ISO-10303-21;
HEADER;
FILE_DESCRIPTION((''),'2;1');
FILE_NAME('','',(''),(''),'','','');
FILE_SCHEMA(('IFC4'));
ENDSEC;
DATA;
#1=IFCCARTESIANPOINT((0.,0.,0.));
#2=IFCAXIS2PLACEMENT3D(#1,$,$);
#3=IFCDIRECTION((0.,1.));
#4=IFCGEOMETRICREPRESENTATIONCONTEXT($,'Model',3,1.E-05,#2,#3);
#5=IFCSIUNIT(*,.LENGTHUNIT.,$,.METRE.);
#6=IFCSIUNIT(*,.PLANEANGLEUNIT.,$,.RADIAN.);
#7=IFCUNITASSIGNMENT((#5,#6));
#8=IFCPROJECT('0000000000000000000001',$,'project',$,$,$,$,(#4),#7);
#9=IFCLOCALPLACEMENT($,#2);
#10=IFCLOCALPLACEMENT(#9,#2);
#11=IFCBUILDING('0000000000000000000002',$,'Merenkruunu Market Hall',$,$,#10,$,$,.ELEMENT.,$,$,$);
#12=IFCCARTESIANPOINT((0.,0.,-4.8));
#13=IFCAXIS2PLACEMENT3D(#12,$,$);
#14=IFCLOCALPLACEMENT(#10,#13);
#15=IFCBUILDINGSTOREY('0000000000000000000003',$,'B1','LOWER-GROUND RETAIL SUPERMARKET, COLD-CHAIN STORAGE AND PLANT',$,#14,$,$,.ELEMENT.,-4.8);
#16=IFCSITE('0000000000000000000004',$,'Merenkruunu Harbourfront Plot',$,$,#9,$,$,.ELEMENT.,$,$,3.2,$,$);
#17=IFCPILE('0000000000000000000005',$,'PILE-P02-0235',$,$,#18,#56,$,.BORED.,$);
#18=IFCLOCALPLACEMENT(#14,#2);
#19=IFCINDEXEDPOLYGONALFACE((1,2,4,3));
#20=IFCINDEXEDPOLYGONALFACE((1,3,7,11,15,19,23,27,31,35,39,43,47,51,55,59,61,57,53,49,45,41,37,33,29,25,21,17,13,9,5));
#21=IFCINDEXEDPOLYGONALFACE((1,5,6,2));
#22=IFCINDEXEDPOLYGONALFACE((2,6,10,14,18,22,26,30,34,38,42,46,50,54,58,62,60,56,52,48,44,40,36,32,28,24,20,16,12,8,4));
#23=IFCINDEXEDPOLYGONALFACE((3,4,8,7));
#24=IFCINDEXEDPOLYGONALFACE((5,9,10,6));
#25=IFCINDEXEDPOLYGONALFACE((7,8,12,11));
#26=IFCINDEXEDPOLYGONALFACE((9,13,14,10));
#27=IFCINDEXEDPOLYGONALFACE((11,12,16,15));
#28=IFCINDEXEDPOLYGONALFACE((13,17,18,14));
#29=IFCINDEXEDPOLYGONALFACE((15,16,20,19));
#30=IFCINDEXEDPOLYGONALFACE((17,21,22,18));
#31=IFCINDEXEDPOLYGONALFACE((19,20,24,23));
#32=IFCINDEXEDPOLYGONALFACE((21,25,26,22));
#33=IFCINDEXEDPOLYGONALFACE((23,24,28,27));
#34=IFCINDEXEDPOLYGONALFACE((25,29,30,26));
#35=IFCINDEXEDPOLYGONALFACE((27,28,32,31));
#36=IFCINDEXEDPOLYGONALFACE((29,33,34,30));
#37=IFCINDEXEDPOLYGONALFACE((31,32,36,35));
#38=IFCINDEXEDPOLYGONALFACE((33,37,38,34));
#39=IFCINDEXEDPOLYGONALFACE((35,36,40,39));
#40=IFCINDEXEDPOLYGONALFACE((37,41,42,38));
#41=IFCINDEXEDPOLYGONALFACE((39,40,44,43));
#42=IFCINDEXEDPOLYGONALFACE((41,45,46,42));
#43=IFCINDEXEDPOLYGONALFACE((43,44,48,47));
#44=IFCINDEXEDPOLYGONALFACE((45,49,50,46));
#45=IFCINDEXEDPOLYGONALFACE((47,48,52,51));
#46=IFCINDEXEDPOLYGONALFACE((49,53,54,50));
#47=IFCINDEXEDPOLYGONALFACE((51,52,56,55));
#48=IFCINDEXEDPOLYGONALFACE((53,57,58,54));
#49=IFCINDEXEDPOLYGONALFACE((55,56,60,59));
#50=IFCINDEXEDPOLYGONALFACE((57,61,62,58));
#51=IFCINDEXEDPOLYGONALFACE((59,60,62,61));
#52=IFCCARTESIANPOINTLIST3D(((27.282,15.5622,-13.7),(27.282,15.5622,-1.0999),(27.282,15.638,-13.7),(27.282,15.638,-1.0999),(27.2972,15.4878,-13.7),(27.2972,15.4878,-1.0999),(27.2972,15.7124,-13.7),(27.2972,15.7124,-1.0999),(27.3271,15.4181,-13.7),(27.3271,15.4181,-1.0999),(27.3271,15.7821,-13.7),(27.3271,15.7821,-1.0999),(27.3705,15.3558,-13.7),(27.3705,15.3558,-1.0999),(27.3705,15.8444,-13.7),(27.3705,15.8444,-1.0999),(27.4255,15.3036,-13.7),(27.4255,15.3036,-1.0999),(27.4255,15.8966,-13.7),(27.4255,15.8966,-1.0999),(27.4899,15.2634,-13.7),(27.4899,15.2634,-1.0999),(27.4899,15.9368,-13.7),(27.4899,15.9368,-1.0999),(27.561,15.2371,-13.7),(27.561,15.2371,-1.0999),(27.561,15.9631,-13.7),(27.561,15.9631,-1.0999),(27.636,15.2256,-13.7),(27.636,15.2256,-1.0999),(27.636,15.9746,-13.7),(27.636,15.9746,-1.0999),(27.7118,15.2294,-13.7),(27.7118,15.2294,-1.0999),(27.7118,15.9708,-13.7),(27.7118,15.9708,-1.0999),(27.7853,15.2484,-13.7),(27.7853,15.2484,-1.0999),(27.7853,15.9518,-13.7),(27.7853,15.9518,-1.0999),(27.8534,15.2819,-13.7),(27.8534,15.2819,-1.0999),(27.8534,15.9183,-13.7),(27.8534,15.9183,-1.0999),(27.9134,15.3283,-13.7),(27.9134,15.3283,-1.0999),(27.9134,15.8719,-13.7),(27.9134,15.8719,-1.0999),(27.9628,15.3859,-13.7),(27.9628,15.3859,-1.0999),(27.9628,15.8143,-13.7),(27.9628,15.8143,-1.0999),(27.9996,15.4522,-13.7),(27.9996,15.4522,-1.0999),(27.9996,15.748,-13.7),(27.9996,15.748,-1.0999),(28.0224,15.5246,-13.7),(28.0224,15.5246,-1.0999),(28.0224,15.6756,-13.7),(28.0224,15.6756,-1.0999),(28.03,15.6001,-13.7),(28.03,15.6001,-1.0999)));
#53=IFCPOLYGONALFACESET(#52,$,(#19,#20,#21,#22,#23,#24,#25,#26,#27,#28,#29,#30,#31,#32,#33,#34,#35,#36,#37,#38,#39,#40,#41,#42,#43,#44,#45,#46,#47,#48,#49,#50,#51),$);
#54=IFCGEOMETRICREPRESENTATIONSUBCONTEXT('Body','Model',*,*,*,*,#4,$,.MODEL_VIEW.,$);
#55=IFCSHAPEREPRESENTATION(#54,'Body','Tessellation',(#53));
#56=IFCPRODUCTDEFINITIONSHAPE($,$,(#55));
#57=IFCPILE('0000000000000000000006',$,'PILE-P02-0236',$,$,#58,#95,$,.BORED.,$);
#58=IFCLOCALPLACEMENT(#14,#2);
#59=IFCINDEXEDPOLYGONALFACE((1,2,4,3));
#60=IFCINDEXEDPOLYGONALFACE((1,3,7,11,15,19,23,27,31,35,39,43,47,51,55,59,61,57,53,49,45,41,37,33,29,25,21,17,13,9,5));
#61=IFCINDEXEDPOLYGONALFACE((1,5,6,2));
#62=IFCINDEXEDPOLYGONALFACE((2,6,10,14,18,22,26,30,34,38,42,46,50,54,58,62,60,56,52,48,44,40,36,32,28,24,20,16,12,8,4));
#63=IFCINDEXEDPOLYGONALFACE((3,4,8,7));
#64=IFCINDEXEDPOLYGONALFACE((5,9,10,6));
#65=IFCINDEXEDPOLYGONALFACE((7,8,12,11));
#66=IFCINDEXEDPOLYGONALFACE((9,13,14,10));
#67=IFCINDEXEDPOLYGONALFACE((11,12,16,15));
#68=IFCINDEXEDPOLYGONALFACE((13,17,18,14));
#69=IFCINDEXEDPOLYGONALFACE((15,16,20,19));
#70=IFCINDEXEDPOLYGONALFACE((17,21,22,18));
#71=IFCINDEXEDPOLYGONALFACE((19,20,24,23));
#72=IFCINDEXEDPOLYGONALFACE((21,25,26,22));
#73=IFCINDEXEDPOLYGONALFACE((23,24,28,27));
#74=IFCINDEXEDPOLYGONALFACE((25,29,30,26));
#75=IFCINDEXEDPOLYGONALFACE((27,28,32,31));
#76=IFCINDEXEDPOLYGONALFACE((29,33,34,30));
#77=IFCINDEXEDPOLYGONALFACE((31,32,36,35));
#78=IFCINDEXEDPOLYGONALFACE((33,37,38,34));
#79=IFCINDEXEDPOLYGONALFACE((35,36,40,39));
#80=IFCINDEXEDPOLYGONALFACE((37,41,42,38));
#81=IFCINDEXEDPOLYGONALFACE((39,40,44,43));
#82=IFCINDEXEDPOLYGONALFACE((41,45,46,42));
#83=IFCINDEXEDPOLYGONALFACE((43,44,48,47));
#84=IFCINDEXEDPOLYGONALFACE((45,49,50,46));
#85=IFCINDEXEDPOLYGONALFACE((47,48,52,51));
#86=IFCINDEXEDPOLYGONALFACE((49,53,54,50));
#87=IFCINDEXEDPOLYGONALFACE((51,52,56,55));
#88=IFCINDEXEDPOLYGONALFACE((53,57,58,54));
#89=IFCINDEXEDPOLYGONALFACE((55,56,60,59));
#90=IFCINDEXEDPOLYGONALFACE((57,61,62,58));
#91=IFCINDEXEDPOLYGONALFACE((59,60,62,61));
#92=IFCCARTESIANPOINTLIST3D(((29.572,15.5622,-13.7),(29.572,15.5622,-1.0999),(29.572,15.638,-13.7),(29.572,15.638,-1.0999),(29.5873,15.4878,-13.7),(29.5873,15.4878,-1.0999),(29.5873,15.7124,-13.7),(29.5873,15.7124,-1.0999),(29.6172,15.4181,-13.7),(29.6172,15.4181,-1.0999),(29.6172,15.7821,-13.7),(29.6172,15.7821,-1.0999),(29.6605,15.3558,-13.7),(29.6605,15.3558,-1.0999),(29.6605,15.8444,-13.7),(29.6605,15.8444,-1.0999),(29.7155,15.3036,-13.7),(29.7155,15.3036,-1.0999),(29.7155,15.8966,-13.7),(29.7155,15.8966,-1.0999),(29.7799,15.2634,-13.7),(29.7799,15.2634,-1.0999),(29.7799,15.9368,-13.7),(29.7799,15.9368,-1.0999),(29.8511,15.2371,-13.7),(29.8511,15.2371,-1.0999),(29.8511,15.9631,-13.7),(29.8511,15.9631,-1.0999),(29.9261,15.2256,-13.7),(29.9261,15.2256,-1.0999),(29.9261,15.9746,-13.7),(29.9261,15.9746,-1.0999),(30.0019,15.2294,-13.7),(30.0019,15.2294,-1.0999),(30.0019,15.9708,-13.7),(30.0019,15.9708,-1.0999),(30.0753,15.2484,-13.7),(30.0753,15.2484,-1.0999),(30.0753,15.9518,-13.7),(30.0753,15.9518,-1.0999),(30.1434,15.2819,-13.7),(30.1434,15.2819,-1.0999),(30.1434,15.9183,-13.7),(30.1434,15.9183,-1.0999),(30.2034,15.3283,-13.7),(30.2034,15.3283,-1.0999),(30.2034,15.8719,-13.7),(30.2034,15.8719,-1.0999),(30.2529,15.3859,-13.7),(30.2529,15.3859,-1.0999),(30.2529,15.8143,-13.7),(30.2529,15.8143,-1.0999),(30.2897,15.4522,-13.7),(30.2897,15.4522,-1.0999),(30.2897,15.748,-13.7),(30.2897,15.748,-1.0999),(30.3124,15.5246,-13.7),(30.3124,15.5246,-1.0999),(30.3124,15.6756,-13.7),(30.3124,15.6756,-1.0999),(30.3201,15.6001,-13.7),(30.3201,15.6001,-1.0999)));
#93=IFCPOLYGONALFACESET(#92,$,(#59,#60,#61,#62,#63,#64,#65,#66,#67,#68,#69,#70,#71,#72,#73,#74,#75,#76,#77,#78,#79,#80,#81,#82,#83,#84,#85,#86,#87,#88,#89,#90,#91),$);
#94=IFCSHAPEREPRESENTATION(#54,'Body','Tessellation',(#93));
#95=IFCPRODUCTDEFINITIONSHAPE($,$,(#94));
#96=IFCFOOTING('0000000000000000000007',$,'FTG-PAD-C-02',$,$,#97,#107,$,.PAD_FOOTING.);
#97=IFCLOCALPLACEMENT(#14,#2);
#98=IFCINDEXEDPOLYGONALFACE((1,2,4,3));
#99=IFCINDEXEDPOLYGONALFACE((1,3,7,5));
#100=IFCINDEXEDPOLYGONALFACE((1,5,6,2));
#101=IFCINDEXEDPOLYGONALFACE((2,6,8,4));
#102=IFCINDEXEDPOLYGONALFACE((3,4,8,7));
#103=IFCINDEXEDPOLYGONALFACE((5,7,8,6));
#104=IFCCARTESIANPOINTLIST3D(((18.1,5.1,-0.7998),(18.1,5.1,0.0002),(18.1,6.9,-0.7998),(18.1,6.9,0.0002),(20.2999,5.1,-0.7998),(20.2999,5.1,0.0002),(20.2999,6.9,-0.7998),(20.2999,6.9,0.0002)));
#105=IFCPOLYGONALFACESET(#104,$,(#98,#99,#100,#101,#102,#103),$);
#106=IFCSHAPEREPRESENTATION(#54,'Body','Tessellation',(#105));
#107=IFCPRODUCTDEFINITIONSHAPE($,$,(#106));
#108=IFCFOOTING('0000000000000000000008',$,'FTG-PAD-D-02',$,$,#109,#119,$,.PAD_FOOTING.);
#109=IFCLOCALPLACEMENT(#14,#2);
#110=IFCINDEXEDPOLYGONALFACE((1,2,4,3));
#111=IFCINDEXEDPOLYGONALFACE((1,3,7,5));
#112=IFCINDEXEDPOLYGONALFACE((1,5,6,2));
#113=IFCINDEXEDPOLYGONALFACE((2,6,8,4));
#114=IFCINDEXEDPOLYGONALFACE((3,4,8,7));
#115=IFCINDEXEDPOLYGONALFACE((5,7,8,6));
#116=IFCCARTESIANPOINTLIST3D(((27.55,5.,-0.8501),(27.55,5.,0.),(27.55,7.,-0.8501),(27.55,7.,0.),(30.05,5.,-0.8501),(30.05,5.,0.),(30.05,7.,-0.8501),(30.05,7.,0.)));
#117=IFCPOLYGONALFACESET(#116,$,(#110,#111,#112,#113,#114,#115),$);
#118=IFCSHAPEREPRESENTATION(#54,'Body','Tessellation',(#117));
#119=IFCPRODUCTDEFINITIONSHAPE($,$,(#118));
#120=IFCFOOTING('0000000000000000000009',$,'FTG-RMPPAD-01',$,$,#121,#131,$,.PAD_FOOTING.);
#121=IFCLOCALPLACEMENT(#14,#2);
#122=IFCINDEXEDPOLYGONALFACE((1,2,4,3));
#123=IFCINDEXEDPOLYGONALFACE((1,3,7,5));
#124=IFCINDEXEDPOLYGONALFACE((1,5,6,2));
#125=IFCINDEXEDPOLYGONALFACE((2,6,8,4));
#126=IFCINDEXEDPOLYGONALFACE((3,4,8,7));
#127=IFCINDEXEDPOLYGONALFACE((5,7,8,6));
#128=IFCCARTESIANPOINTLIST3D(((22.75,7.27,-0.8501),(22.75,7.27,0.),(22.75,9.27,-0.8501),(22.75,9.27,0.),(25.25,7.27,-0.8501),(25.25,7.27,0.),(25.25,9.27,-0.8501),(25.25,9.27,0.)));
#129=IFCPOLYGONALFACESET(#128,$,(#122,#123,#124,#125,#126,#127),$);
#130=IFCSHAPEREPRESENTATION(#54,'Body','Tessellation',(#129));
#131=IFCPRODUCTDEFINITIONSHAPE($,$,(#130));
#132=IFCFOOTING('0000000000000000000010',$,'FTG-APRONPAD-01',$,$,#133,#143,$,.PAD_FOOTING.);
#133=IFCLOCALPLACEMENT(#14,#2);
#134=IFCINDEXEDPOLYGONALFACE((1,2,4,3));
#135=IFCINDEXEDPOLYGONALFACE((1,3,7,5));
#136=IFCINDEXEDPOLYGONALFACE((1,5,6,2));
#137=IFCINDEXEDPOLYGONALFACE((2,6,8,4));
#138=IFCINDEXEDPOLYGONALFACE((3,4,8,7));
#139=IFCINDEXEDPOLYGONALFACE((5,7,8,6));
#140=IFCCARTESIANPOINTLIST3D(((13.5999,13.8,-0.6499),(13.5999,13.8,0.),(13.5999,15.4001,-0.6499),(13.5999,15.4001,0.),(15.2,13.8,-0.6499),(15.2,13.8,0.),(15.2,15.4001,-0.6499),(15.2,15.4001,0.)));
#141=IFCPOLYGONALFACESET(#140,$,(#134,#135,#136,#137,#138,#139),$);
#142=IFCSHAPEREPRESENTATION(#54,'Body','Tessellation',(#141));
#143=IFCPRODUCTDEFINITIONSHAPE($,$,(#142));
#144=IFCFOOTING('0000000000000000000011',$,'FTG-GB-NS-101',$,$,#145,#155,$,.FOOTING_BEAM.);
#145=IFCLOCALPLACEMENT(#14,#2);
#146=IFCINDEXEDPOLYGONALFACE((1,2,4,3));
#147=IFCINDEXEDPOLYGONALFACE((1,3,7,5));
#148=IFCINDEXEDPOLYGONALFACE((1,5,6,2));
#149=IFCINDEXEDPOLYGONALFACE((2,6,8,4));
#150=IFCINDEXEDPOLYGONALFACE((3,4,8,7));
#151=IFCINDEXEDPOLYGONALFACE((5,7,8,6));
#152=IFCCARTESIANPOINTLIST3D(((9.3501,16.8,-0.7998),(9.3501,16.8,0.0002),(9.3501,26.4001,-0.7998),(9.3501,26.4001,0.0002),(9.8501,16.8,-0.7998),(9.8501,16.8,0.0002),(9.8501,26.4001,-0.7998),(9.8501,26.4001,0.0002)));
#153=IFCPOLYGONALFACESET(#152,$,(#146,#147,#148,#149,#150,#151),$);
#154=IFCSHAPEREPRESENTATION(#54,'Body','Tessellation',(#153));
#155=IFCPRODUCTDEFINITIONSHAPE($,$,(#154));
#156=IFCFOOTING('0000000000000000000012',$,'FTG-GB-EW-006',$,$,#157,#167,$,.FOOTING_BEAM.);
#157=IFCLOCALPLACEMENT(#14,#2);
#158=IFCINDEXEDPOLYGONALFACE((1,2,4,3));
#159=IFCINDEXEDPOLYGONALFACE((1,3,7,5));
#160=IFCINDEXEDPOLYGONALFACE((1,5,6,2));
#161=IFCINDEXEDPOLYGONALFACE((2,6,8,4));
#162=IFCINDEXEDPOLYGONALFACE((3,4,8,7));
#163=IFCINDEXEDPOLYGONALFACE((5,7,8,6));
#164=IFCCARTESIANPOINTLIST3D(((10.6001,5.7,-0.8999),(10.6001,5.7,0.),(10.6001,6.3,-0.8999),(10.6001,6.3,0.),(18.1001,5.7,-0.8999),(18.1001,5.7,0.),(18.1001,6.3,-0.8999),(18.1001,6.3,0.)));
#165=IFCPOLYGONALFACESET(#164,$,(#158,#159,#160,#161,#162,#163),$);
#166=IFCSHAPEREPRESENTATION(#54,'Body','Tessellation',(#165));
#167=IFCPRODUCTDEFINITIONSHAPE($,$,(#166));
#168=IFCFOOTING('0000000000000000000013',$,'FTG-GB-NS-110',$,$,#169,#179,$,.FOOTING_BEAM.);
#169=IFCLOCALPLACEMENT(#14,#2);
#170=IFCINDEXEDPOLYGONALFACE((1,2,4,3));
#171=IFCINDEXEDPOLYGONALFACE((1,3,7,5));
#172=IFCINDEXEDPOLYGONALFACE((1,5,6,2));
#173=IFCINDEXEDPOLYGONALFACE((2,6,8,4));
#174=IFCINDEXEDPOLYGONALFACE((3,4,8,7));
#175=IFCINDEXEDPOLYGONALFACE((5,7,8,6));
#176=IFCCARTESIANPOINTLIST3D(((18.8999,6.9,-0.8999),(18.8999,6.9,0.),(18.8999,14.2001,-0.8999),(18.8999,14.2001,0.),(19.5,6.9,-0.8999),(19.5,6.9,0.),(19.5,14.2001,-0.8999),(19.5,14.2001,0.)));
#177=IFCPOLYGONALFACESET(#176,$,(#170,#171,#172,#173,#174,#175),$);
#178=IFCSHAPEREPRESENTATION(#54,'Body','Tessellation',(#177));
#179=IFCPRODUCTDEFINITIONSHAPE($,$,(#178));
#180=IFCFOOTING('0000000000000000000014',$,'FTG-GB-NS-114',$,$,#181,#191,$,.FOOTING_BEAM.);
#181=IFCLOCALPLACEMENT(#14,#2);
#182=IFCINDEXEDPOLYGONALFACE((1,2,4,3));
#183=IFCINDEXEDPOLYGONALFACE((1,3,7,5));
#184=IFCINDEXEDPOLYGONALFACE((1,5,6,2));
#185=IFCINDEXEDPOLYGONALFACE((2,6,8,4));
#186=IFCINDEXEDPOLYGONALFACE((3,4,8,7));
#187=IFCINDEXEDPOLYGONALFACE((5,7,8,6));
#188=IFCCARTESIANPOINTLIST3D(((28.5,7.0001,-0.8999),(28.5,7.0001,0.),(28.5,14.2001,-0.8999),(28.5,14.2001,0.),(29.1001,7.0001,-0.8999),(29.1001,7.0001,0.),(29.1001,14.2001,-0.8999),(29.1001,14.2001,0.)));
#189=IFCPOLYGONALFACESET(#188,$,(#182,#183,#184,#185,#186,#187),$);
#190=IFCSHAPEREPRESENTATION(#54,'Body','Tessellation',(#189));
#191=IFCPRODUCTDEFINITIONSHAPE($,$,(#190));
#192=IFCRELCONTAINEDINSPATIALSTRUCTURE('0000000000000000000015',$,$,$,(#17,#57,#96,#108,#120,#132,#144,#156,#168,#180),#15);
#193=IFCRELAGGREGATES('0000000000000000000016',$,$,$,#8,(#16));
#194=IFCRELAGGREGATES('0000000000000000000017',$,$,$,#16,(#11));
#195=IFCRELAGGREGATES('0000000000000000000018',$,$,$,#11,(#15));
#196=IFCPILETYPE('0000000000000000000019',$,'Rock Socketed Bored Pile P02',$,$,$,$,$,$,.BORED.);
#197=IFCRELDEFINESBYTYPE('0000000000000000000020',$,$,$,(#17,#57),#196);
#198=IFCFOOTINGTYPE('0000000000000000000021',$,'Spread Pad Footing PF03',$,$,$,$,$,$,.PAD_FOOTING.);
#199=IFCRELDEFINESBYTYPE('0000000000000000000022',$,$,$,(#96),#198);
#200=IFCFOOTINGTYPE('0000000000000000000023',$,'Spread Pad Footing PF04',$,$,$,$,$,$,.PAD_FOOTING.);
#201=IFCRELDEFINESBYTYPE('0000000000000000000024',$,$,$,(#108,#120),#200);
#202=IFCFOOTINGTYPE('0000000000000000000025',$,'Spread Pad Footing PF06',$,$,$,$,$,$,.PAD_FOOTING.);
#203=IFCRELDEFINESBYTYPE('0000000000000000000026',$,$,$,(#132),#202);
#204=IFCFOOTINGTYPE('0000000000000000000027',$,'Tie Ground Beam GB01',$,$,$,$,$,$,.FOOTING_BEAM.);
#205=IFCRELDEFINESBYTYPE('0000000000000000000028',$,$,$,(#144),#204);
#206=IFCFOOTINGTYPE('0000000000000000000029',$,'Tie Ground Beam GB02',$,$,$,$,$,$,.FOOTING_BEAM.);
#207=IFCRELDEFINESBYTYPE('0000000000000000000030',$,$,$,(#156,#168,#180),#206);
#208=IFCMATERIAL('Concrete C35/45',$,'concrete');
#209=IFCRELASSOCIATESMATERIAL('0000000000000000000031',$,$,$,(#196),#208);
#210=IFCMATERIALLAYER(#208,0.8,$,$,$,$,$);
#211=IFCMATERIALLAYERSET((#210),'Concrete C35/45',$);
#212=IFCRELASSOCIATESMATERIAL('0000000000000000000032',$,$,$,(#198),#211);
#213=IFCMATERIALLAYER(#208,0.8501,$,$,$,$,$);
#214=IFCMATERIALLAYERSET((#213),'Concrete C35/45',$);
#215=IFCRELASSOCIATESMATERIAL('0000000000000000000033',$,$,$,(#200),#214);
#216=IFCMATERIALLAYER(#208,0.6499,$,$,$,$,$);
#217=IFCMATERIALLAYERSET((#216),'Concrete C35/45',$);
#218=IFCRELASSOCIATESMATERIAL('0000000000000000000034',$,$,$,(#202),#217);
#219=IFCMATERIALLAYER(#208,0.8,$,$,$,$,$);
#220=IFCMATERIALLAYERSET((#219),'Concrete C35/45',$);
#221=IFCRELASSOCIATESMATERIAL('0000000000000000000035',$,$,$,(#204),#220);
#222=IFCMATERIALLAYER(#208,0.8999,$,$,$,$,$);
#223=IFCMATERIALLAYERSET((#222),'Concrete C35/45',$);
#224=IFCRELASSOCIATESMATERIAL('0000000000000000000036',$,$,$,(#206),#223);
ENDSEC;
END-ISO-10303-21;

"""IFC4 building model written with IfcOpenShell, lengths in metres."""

from ifc_helpers import new_model, si_unit, direction, frame, origin, origin_2d, place, context, subcontext, project, spatial, rectangle, circle, extrude, material, layer, layer_set, material_profile, profile_set, type_object, element, save


model = new_model("IFC4")

# Units and contexts
model_context = context("Model", 3, precision=1e-05, world=origin(), true_north=direction((0.0, 1.0)))
body_context = subcontext(model_context, "Body", "Model", "MODEL_VIEW")
ifc_project = project(units=[si_unit("LENGTHUNIT", "METRE"), si_unit("PLANEANGLEUNIT", "RADIAN")], contexts=[model_context])

# Site, building, storey
site_placement = place(None, origin())
site = spatial("IfcSite", under=ifc_project, at=site_placement, Name="Merenkruunu Harbourfront Plot", CompositionType="ELEMENT", RefElevation=3.2)
building_placement = place(site_placement, origin())
building = spatial("IfcBuilding", under=site, at=building_placement, Name="Merenkruunu Market Hall", CompositionType="ELEMENT")
storey_placement = place(building_placement, frame((0.0, 0.0, -4.8)))
storey = spatial("IfcBuildingStorey", under=building, at=storey_placement, Name="B1", Description="LOWER-GROUND RETAIL SUPERMARKET, COLD-CHAIN STORAGE AND PLANT", CompositionType="ELEMENT", Elevation=-4.8)

# Shared definitions
ifc_material = material(Name="Concrete C35/45", Category="concrete")

# Piles
ifc_material_profile_1 = material_profile(ifc_material, circle(Radius=0.375, at=origin_2d()), Name="BORED PILE 750")
ifc_profile_set_1 = profile_set([ifc_material_profile_1], Name="Concrete C35/45")
pile_type_1 = type_object("IfcPileType", Name="Rock Socketed Bored Pile P02", PredefinedType="BORED", material=ifc_profile_set_1)
for number, where, z_axis, x_axis, name in (
    (1, (27.655, 15.6001, -1.0999), (0.0, 0.0, -1.0), (1.0, 0.0, 0.0), "PILE-P02-0235"),
    (2, (29.9451, 15.6001, -1.0999), (0.0, 0.0, -1.0), (1.0, 0.0, 0.0), "PILE-P02-0236"),
):
    element("IfcPile", number, at=place(storey_placement, frame(where, z_axis=z_axis, x_axis=x_axis)), inside=storey, type_object=pile_type_1, Name=name, PredefinedType="BORED", context=body_context, shape_type="SweptSolid", body=[
        extrude(circle(Radius=0.375, at=origin_2d()), origin(), (0.0, 0.0, 1.0), 12.6001),
    ])

# Footings
ifc_layer_1 = layer(ifc_material, 0.8)
ifc_layer_set_1 = layer_set([ifc_layer_1], Name="Concrete C35/45")
footing_type_1 = type_object("IfcFootingType", Name="Spread Pad Footing PF03", PredefinedType="PAD_FOOTING", material=ifc_layer_set_1)
footing_1_placement = place(storey_placement, frame((19.2, 6.0, -0.7998), z_axis=(0.0, 0.0, 1.0), x_axis=(1.0, 0.0, 0.0)))
element("IfcFooting", 3, at=footing_1_placement, inside=storey, type_object=footing_type_1, Name="FTG-PAD-C-02", PredefinedType="PAD_FOOTING", context=body_context, shape_type="SweptSolid", body=[
    extrude(rectangle(XDim=2.2, YDim=1.8, at=origin_2d()), origin(), (0.0, 0.0, 1.0), 0.8),
])
ifc_layer_2 = layer(ifc_material, 0.8501)
ifc_layer_set_2 = layer_set([ifc_layer_2], Name="Concrete C35/45")
footing_type_2 = type_object("IfcFootingType", Name="Spread Pad Footing PF04", PredefinedType="PAD_FOOTING", material=ifc_layer_set_2)
for number, where, z_axis, x_axis, name in (
    (4, (28.8, 6.0, -0.8501), (0.0, 0.0, 1.0), (1.0, 0.0, 0.0), "FTG-PAD-D-02"),
    (5, (24.0, 8.27, -0.8501), (0.0, 0.0, 1.0), (1.0, 0.0, 0.0), "FTG-RMPPAD-01"),
):
    element("IfcFooting", number, at=place(storey_placement, frame(where, z_axis=z_axis, x_axis=x_axis)), inside=storey, type_object=footing_type_2, Name=name, PredefinedType="PAD_FOOTING", context=body_context, shape_type="SweptSolid", body=[
        extrude(rectangle(XDim=2.5, YDim=2.0, at=origin_2d()), origin(), (0.0, 0.0, 1.0), 0.8501),
    ])
ifc_layer_3 = layer(ifc_material, 0.6499)
ifc_layer_set_3 = layer_set([ifc_layer_3], Name="Concrete C35/45")
footing_type_3 = type_object("IfcFootingType", Name="Spread Pad Footing PF06", PredefinedType="PAD_FOOTING", material=ifc_layer_set_3)
footing_2_placement = place(storey_placement, frame((14.3999, 14.6001, -0.6499), z_axis=(0.0, 0.0, 1.0), x_axis=(1.0, 0.0, 0.0)))
element("IfcFooting", 6, at=footing_2_placement, inside=storey, type_object=footing_type_3, Name="FTG-APRONPAD-01", PredefinedType="PAD_FOOTING", context=body_context, shape_type="SweptSolid", body=[
    extrude(rectangle(XDim=1.6001, YDim=1.6001, at=origin_2d()), origin(), (0.0, 0.0, 1.0), 0.6499),
])
ifc_layer_4 = layer(ifc_material, 0.8)
ifc_layer_set_4 = layer_set([ifc_layer_4], Name="Concrete C35/45")
footing_type_4 = type_object("IfcFootingType", Name="Tie Ground Beam GB01", PredefinedType="FOOTING_BEAM", material=ifc_layer_set_4)
footing_3_placement = place(storey_placement, frame((9.6001, 21.6001, -0.7998), z_axis=(0.0, 0.0, 1.0), x_axis=(0.0, 1.0, 0.0)))
element("IfcFooting", 7, at=footing_3_placement, inside=storey, type_object=footing_type_4, Name="FTG-GB-NS-101", PredefinedType="FOOTING_BEAM", context=body_context, shape_type="SweptSolid", body=[
    extrude(rectangle(XDim=9.6001, YDim=0.5, at=origin_2d()), origin(), (0.0, 0.0, 1.0), 0.8),
])
ifc_layer_5 = layer(ifc_material, 0.8999)
ifc_layer_set_5 = layer_set([ifc_layer_5], Name="Concrete C35/45")
footing_type_5 = type_object("IfcFootingType", Name="Tie Ground Beam GB02", PredefinedType="FOOTING_BEAM", material=ifc_layer_set_5)
footing_4_placement = place(storey_placement, frame((14.3501, 6.0, -0.8999), z_axis=(0.0, 0.0, 1.0), x_axis=(1.0, 0.0, 0.0)))
element("IfcFooting", 8, at=footing_4_placement, inside=storey, type_object=footing_type_5, Name="FTG-GB-EW-006", PredefinedType="FOOTING_BEAM", context=body_context, shape_type="SweptSolid", body=[
    extrude(rectangle(XDim=7.5, YDim=0.6001, at=origin_2d()), origin(), (0.0, 0.0, 1.0), 0.8999),
])
footing_5_placement = place(storey_placement, frame((19.2, 10.55, -0.8999), z_axis=(0.0, 0.0, 1.0), x_axis=(0.0, 1.0, 0.0)))
element("IfcFooting", 9, at=footing_5_placement, inside=storey, type_object=footing_type_5, Name="FTG-GB-NS-110", PredefinedType="FOOTING_BEAM", context=body_context, shape_type="SweptSolid", body=[
    extrude(rectangle(XDim=7.3, YDim=0.6001, at=origin_2d()), origin(), (0.0, 0.0, 1.0), 0.8999),
])
footing_6_placement = place(storey_placement, frame((28.8, 10.6001, -0.8999), z_axis=(0.0, 0.0, 1.0), x_axis=(0.0, 1.0, 0.0)))
element("IfcFooting", 10, at=footing_6_placement, inside=storey, type_object=footing_type_5, Name="FTG-GB-NS-114", PredefinedType="FOOTING_BEAM", context=body_context, shape_type="SweptSolid", body=[
    extrude(rectangle(XDim=7.2, YDim=0.6001, at=origin_2d()), origin(), (0.0, 0.0, 1.0), 0.8999),
])

save(model, "model.ifc")
